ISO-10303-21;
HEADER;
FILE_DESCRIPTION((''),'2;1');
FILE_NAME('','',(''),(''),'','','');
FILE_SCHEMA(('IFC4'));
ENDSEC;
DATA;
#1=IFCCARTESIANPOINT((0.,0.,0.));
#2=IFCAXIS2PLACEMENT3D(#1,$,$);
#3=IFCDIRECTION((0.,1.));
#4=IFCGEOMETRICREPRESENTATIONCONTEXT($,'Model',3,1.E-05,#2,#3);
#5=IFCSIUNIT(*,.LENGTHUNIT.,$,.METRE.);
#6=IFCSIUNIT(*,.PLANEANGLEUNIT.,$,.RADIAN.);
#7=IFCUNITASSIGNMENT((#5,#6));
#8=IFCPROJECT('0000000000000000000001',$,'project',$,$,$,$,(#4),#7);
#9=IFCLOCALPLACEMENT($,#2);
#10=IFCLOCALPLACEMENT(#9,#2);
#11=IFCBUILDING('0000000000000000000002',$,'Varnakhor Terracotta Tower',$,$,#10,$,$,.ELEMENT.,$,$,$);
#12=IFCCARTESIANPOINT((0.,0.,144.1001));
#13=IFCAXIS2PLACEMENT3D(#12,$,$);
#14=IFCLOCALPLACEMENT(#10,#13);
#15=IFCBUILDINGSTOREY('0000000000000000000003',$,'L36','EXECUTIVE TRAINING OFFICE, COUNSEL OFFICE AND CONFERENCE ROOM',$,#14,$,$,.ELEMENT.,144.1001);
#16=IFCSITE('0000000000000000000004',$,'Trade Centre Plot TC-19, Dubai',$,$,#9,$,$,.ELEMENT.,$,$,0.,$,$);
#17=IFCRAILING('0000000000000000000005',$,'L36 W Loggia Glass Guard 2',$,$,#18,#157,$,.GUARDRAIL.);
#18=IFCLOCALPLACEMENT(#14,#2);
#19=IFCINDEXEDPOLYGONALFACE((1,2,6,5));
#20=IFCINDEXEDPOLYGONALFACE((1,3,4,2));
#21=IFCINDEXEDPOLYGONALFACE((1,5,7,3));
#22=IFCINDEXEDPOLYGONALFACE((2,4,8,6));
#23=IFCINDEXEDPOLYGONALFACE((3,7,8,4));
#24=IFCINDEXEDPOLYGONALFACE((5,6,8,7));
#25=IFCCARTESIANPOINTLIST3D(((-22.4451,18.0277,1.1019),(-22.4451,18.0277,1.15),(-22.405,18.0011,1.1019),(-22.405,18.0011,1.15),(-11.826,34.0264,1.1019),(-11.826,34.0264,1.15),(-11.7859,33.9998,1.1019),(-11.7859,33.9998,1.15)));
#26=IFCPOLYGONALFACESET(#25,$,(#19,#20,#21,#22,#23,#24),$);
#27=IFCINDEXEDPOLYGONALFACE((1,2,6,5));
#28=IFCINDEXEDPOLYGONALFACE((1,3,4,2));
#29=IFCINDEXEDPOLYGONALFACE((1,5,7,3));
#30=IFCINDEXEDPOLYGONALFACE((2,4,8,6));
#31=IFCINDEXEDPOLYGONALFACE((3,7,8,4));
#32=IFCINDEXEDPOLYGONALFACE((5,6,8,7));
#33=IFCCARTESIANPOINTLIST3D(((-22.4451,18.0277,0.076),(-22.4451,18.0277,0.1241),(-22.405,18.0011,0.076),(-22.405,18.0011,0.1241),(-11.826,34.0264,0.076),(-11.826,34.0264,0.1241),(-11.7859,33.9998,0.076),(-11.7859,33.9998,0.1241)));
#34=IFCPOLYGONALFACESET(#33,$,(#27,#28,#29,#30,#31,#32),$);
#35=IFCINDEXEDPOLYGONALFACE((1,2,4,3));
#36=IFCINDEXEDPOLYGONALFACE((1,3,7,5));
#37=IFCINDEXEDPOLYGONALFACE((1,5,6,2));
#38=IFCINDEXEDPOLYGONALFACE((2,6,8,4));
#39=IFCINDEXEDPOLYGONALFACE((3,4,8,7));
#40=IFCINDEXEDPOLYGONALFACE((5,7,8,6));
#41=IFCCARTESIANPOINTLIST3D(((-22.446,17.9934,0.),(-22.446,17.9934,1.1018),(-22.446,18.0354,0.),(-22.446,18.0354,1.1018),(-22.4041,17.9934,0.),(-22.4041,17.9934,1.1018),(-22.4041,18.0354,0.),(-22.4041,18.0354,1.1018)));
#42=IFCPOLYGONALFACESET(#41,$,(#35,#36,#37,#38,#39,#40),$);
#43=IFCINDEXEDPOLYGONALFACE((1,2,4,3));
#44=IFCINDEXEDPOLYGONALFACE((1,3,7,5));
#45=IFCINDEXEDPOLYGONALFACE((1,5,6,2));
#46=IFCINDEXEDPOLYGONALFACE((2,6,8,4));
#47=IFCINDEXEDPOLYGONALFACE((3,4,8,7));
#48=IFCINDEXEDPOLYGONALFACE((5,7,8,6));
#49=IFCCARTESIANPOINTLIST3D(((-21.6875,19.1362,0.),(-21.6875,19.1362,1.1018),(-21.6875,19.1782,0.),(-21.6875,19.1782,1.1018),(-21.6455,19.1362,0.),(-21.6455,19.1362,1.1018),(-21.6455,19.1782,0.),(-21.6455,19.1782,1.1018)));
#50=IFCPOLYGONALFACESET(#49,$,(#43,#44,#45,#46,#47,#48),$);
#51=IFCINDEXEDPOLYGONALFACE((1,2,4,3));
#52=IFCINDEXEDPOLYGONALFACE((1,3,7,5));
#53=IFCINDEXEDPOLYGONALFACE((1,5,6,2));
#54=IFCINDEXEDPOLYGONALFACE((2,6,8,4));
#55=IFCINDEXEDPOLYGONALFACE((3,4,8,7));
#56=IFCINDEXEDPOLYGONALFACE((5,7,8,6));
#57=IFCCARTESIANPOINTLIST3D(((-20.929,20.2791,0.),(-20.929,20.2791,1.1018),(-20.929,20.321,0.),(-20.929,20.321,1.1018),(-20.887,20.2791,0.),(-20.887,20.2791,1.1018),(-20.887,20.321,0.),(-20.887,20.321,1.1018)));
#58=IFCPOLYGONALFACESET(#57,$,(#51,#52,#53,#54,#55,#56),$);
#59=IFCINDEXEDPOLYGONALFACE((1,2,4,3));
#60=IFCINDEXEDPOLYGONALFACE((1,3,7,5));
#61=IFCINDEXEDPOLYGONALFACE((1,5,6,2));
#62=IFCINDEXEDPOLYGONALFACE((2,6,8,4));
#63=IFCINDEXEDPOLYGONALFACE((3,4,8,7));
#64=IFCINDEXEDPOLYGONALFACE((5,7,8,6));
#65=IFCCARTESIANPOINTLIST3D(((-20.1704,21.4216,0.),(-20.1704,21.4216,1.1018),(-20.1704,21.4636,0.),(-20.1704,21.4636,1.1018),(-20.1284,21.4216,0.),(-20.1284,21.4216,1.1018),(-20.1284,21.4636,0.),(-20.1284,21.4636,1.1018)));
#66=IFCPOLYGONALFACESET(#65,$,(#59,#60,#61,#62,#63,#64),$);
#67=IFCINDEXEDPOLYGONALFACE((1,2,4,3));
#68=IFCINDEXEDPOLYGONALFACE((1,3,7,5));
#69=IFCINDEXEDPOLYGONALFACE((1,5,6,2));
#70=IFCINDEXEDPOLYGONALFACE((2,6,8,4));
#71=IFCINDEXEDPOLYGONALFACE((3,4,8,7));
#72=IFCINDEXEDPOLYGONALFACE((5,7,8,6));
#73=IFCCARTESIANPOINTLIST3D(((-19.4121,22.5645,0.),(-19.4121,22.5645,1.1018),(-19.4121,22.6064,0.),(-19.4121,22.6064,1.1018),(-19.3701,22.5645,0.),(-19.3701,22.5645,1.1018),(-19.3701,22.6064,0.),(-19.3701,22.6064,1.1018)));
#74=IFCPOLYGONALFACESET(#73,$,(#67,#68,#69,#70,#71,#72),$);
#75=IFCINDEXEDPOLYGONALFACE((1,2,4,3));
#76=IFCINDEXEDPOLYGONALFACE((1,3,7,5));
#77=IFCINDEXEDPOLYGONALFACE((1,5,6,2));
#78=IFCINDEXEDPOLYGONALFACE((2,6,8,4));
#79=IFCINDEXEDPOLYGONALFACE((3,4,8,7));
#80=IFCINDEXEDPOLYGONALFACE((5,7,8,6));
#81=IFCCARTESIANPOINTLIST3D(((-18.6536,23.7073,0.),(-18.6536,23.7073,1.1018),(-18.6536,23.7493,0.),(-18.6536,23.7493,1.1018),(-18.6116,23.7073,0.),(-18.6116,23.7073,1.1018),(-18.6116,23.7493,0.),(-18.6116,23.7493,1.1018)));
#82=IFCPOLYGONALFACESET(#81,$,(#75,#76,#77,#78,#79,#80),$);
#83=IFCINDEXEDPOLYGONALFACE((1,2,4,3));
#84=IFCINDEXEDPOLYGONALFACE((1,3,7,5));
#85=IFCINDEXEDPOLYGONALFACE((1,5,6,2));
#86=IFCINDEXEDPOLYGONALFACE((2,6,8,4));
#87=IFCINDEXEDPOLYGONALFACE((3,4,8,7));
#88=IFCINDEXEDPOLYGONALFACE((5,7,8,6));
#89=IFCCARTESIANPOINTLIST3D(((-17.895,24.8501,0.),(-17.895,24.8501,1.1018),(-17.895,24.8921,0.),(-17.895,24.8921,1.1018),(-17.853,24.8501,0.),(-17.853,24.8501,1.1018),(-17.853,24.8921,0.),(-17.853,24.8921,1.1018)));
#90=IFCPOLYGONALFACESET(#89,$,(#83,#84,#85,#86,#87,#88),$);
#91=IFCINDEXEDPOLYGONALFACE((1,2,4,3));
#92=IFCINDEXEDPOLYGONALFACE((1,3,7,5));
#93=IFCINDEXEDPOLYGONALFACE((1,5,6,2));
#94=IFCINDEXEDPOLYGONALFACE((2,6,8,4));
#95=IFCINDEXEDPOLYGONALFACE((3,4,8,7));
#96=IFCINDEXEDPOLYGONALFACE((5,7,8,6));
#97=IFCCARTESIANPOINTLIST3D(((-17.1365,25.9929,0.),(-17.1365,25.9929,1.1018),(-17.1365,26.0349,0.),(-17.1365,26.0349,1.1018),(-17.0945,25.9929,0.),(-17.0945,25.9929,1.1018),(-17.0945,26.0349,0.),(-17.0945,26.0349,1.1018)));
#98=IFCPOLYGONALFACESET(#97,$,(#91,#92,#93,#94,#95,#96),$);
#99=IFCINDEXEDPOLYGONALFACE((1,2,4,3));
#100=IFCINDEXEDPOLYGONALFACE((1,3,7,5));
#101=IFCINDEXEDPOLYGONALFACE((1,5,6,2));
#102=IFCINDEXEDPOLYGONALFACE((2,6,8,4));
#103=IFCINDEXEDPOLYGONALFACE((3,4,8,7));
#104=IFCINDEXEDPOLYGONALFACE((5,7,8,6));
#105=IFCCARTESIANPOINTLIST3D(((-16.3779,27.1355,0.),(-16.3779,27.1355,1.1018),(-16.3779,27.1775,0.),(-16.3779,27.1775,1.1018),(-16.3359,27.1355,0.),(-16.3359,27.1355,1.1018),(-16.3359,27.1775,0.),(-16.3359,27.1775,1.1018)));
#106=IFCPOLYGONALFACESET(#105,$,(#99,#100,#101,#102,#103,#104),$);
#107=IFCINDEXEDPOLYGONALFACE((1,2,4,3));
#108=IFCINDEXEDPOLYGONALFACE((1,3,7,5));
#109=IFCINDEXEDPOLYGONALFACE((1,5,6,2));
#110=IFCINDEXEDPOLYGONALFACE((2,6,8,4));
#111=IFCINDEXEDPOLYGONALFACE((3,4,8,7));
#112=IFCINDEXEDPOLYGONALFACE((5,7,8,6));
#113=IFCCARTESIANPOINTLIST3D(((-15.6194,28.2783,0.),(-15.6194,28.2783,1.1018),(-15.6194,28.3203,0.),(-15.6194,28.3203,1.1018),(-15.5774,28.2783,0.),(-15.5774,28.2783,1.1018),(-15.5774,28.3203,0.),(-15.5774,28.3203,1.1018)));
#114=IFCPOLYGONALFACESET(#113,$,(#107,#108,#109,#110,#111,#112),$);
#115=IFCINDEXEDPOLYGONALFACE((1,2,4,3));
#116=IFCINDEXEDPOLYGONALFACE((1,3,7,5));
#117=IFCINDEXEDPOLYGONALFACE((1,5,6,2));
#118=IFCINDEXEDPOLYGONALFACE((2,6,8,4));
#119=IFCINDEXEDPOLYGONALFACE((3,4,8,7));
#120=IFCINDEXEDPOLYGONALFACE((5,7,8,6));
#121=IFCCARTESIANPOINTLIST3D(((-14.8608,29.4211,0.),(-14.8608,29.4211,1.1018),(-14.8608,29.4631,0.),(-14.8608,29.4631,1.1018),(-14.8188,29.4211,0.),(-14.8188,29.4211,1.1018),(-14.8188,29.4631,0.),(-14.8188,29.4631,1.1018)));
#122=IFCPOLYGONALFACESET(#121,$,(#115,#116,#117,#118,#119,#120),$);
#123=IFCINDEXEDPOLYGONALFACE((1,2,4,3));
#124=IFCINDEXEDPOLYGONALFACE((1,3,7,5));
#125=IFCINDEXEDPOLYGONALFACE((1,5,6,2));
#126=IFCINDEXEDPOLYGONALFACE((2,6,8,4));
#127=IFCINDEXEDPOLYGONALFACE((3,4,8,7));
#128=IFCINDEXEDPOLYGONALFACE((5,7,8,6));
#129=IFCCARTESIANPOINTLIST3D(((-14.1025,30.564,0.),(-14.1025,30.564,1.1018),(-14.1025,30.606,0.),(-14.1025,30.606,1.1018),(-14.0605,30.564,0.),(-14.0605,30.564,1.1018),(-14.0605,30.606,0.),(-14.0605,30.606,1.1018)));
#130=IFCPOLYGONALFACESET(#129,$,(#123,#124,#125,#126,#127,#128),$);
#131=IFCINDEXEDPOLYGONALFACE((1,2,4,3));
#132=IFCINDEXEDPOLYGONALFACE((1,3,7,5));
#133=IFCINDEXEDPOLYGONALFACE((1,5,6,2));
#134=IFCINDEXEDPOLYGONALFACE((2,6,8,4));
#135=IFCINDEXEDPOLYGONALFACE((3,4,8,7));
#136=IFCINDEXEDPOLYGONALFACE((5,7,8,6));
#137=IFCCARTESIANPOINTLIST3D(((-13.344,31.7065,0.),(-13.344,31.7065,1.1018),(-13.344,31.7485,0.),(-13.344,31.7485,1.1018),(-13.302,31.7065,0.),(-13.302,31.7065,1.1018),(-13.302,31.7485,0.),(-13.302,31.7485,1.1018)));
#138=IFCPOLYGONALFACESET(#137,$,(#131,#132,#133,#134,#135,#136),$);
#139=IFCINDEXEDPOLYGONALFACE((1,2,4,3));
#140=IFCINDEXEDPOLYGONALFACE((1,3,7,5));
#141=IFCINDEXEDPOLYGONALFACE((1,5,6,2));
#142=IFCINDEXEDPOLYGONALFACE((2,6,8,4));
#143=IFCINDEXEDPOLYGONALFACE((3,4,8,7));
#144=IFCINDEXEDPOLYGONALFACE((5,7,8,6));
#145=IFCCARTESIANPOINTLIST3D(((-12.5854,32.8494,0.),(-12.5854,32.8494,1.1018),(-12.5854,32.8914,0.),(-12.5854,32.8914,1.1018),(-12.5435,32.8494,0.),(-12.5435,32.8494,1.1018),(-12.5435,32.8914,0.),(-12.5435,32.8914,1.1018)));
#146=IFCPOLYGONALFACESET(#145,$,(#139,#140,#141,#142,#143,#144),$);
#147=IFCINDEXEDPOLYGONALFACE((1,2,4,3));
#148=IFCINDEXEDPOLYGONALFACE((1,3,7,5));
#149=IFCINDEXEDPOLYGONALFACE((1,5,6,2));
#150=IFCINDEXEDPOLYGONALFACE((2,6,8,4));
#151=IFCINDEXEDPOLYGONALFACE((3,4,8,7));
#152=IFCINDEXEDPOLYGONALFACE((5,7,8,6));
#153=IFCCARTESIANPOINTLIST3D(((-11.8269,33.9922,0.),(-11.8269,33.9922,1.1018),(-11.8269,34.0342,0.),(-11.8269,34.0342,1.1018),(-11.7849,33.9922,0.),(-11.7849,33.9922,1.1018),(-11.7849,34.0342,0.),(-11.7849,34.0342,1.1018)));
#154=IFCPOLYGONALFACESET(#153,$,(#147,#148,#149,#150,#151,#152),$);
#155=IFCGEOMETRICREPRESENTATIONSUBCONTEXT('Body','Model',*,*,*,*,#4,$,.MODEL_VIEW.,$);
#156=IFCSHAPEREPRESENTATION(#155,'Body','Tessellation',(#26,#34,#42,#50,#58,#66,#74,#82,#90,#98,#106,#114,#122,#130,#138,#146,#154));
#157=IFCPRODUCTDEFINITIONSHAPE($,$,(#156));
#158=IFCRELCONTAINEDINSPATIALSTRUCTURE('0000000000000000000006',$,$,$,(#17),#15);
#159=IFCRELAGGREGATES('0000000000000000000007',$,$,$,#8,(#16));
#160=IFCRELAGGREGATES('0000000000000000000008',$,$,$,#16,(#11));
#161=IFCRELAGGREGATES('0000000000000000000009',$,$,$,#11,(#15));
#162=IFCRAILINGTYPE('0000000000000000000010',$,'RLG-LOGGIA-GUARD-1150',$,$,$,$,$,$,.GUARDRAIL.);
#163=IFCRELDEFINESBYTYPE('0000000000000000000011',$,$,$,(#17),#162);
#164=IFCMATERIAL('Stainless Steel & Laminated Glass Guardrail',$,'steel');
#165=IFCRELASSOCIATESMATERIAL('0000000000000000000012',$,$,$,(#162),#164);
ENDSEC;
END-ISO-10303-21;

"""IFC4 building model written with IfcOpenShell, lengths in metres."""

from ifc_helpers import new_model, si_unit, direction, frame, origin, origin_2d, place, context, subcontext, project, spatial, rectangle, extrude, material, type_object, element, save


model = new_model("IFC4")

# Units and contexts
model_context = context("Model", 3, precision=1e-05, world=origin(), true_north=direction((0.0, 1.0)))
body_context = subcontext(model_context, "Body", "Model", "MODEL_VIEW")
ifc_project = project(units=[si_unit("LENGTHUNIT", "METRE"), si_unit("PLANEANGLEUNIT", "RADIAN")], contexts=[model_context])

# Site, building, storey
site_placement = place(None, origin())
site = spatial("IfcSite", under=ifc_project, at=site_placement, Name="Trade Centre Plot TC-19, Dubai", CompositionType="ELEMENT", RefElevation=0.0)
building_placement = place(site_placement, origin())
building = spatial("IfcBuilding", under=site, at=building_placement, Name="Varnakhor Terracotta Tower", CompositionType="ELEMENT")
storey_placement = place(building_placement, frame((0.0, 0.0, 144.1001)))
storey = spatial("IfcBuildingStorey", under=building, at=storey_placement, Name="L36", Description="EXECUTIVE TRAINING OFFICE, COUNSEL OFFICE AND CONFERENCE ROOM", CompositionType="ELEMENT", Elevation=144.1001)

# Railing
ifc_material_1 = material(Name="Stainless Steel & Laminated Glass Guardrail", Category="steel")
railing_type = type_object("IfcRailingType", Name="RLG-LOGGIA-GUARD-1150", PredefinedType="GUARDRAIL", material=ifc_material_1)
railing_1_placement = place(storey_placement, frame((-22.425, 18.0144, 0.0)))
element("IfcRailing", 1, at=railing_1_placement, inside=storey, type_object=railing_type, Name="L36 W Loggia Glass Guard 2", PredefinedType="GUARDRAIL", context=body_context, shape_type="SweptSolid", body=[
    extrude(rectangle(XDim=0.0481, YDim=0.0481, at=origin_2d()), frame((0.0, 0.0, 1.126), z_axis=(0.553015, 0.833171, 0.0), x_axis=(-0.833171, 0.553015, 0.0)), (0.0, 0.0, 1.0), 19.2021),
    extrude(rectangle(XDim=0.0481, YDim=0.0481, at=origin_2d()), frame((0.0, 0.0, 0.1001), z_axis=(0.553015, 0.833171, 0.0), x_axis=(-0.833171, 0.553015, 0.0)), (0.0, 0.0, 1.0), 19.2021),
    extrude(rectangle(XDim=0.042, YDim=0.042, at=origin_2d()), origin(), (0.0, 0.0, 1.0), 1.1018),
    extrude(rectangle(XDim=0.042, YDim=0.042, at=origin_2d()), frame((0.7585, 1.1428, 0.0)), (0.0, 0.0, 1.0), 1.1018),
    extrude(rectangle(XDim=0.042, YDim=0.042, at=origin_2d()), frame((1.5171, 2.2856, 0.0)), (0.0, 0.0, 1.0), 1.1018),
    extrude(rectangle(XDim=0.042, YDim=0.042, at=origin_2d()), frame((2.2756, 3.4282, 0.0)), (0.0, 0.0, 1.0), 1.1018),
    extrude(rectangle(XDim=0.042, YDim=0.042, at=origin_2d()), frame((3.0339, 4.571, 0.0)), (0.0, 0.0, 1.0), 1.1018),
    extrude(rectangle(XDim=0.042, YDim=0.042, at=origin_2d()), frame((3.7925, 5.7139, 0.0)), (0.0, 0.0, 1.0), 1.1018),
    extrude(rectangle(XDim=0.042, YDim=0.042, at=origin_2d()), frame((4.551, 6.8567, 0.0)), (0.0, 0.0, 1.0), 1.1018),
    extrude(rectangle(XDim=0.042, YDim=0.042, at=origin_2d()), frame((5.3096, 7.9995, 0.0)), (0.0, 0.0, 1.0), 1.1018),
    extrude(rectangle(XDim=0.042, YDim=0.042, at=origin_2d()), frame((6.0681, 9.1421, 0.0)), (0.0, 0.0, 1.0), 1.1018),
    extrude(rectangle(XDim=0.042, YDim=0.042, at=origin_2d()), frame((6.8267, 10.2849, 0.0)), (0.0, 0.0, 1.0), 1.1018),
    extrude(rectangle(XDim=0.042, YDim=0.042, at=origin_2d()), frame((7.5852, 11.4277, 0.0)), (0.0, 0.0, 1.0), 1.1018),
    extrude(rectangle(XDim=0.042, YDim=0.042, at=origin_2d()), frame((8.3435, 12.5706, 0.0)), (0.0, 0.0, 1.0), 1.1018),
    extrude(rectangle(XDim=0.042, YDim=0.042, at=origin_2d()), frame((9.1021, 13.7131, 0.0)), (0.0, 0.0, 1.0), 1.1018),
    extrude(rectangle(XDim=0.042, YDim=0.042, at=origin_2d()), frame((9.8606, 14.856, 0.0)), (0.0, 0.0, 1.0), 1.1018),
    extrude(rectangle(XDim=0.042, YDim=0.042, at=origin_2d()), frame((10.6191, 15.9988, 0.0)), (0.0, 0.0, 1.0), 1.1018),
])

save(model, "model.ifc")
